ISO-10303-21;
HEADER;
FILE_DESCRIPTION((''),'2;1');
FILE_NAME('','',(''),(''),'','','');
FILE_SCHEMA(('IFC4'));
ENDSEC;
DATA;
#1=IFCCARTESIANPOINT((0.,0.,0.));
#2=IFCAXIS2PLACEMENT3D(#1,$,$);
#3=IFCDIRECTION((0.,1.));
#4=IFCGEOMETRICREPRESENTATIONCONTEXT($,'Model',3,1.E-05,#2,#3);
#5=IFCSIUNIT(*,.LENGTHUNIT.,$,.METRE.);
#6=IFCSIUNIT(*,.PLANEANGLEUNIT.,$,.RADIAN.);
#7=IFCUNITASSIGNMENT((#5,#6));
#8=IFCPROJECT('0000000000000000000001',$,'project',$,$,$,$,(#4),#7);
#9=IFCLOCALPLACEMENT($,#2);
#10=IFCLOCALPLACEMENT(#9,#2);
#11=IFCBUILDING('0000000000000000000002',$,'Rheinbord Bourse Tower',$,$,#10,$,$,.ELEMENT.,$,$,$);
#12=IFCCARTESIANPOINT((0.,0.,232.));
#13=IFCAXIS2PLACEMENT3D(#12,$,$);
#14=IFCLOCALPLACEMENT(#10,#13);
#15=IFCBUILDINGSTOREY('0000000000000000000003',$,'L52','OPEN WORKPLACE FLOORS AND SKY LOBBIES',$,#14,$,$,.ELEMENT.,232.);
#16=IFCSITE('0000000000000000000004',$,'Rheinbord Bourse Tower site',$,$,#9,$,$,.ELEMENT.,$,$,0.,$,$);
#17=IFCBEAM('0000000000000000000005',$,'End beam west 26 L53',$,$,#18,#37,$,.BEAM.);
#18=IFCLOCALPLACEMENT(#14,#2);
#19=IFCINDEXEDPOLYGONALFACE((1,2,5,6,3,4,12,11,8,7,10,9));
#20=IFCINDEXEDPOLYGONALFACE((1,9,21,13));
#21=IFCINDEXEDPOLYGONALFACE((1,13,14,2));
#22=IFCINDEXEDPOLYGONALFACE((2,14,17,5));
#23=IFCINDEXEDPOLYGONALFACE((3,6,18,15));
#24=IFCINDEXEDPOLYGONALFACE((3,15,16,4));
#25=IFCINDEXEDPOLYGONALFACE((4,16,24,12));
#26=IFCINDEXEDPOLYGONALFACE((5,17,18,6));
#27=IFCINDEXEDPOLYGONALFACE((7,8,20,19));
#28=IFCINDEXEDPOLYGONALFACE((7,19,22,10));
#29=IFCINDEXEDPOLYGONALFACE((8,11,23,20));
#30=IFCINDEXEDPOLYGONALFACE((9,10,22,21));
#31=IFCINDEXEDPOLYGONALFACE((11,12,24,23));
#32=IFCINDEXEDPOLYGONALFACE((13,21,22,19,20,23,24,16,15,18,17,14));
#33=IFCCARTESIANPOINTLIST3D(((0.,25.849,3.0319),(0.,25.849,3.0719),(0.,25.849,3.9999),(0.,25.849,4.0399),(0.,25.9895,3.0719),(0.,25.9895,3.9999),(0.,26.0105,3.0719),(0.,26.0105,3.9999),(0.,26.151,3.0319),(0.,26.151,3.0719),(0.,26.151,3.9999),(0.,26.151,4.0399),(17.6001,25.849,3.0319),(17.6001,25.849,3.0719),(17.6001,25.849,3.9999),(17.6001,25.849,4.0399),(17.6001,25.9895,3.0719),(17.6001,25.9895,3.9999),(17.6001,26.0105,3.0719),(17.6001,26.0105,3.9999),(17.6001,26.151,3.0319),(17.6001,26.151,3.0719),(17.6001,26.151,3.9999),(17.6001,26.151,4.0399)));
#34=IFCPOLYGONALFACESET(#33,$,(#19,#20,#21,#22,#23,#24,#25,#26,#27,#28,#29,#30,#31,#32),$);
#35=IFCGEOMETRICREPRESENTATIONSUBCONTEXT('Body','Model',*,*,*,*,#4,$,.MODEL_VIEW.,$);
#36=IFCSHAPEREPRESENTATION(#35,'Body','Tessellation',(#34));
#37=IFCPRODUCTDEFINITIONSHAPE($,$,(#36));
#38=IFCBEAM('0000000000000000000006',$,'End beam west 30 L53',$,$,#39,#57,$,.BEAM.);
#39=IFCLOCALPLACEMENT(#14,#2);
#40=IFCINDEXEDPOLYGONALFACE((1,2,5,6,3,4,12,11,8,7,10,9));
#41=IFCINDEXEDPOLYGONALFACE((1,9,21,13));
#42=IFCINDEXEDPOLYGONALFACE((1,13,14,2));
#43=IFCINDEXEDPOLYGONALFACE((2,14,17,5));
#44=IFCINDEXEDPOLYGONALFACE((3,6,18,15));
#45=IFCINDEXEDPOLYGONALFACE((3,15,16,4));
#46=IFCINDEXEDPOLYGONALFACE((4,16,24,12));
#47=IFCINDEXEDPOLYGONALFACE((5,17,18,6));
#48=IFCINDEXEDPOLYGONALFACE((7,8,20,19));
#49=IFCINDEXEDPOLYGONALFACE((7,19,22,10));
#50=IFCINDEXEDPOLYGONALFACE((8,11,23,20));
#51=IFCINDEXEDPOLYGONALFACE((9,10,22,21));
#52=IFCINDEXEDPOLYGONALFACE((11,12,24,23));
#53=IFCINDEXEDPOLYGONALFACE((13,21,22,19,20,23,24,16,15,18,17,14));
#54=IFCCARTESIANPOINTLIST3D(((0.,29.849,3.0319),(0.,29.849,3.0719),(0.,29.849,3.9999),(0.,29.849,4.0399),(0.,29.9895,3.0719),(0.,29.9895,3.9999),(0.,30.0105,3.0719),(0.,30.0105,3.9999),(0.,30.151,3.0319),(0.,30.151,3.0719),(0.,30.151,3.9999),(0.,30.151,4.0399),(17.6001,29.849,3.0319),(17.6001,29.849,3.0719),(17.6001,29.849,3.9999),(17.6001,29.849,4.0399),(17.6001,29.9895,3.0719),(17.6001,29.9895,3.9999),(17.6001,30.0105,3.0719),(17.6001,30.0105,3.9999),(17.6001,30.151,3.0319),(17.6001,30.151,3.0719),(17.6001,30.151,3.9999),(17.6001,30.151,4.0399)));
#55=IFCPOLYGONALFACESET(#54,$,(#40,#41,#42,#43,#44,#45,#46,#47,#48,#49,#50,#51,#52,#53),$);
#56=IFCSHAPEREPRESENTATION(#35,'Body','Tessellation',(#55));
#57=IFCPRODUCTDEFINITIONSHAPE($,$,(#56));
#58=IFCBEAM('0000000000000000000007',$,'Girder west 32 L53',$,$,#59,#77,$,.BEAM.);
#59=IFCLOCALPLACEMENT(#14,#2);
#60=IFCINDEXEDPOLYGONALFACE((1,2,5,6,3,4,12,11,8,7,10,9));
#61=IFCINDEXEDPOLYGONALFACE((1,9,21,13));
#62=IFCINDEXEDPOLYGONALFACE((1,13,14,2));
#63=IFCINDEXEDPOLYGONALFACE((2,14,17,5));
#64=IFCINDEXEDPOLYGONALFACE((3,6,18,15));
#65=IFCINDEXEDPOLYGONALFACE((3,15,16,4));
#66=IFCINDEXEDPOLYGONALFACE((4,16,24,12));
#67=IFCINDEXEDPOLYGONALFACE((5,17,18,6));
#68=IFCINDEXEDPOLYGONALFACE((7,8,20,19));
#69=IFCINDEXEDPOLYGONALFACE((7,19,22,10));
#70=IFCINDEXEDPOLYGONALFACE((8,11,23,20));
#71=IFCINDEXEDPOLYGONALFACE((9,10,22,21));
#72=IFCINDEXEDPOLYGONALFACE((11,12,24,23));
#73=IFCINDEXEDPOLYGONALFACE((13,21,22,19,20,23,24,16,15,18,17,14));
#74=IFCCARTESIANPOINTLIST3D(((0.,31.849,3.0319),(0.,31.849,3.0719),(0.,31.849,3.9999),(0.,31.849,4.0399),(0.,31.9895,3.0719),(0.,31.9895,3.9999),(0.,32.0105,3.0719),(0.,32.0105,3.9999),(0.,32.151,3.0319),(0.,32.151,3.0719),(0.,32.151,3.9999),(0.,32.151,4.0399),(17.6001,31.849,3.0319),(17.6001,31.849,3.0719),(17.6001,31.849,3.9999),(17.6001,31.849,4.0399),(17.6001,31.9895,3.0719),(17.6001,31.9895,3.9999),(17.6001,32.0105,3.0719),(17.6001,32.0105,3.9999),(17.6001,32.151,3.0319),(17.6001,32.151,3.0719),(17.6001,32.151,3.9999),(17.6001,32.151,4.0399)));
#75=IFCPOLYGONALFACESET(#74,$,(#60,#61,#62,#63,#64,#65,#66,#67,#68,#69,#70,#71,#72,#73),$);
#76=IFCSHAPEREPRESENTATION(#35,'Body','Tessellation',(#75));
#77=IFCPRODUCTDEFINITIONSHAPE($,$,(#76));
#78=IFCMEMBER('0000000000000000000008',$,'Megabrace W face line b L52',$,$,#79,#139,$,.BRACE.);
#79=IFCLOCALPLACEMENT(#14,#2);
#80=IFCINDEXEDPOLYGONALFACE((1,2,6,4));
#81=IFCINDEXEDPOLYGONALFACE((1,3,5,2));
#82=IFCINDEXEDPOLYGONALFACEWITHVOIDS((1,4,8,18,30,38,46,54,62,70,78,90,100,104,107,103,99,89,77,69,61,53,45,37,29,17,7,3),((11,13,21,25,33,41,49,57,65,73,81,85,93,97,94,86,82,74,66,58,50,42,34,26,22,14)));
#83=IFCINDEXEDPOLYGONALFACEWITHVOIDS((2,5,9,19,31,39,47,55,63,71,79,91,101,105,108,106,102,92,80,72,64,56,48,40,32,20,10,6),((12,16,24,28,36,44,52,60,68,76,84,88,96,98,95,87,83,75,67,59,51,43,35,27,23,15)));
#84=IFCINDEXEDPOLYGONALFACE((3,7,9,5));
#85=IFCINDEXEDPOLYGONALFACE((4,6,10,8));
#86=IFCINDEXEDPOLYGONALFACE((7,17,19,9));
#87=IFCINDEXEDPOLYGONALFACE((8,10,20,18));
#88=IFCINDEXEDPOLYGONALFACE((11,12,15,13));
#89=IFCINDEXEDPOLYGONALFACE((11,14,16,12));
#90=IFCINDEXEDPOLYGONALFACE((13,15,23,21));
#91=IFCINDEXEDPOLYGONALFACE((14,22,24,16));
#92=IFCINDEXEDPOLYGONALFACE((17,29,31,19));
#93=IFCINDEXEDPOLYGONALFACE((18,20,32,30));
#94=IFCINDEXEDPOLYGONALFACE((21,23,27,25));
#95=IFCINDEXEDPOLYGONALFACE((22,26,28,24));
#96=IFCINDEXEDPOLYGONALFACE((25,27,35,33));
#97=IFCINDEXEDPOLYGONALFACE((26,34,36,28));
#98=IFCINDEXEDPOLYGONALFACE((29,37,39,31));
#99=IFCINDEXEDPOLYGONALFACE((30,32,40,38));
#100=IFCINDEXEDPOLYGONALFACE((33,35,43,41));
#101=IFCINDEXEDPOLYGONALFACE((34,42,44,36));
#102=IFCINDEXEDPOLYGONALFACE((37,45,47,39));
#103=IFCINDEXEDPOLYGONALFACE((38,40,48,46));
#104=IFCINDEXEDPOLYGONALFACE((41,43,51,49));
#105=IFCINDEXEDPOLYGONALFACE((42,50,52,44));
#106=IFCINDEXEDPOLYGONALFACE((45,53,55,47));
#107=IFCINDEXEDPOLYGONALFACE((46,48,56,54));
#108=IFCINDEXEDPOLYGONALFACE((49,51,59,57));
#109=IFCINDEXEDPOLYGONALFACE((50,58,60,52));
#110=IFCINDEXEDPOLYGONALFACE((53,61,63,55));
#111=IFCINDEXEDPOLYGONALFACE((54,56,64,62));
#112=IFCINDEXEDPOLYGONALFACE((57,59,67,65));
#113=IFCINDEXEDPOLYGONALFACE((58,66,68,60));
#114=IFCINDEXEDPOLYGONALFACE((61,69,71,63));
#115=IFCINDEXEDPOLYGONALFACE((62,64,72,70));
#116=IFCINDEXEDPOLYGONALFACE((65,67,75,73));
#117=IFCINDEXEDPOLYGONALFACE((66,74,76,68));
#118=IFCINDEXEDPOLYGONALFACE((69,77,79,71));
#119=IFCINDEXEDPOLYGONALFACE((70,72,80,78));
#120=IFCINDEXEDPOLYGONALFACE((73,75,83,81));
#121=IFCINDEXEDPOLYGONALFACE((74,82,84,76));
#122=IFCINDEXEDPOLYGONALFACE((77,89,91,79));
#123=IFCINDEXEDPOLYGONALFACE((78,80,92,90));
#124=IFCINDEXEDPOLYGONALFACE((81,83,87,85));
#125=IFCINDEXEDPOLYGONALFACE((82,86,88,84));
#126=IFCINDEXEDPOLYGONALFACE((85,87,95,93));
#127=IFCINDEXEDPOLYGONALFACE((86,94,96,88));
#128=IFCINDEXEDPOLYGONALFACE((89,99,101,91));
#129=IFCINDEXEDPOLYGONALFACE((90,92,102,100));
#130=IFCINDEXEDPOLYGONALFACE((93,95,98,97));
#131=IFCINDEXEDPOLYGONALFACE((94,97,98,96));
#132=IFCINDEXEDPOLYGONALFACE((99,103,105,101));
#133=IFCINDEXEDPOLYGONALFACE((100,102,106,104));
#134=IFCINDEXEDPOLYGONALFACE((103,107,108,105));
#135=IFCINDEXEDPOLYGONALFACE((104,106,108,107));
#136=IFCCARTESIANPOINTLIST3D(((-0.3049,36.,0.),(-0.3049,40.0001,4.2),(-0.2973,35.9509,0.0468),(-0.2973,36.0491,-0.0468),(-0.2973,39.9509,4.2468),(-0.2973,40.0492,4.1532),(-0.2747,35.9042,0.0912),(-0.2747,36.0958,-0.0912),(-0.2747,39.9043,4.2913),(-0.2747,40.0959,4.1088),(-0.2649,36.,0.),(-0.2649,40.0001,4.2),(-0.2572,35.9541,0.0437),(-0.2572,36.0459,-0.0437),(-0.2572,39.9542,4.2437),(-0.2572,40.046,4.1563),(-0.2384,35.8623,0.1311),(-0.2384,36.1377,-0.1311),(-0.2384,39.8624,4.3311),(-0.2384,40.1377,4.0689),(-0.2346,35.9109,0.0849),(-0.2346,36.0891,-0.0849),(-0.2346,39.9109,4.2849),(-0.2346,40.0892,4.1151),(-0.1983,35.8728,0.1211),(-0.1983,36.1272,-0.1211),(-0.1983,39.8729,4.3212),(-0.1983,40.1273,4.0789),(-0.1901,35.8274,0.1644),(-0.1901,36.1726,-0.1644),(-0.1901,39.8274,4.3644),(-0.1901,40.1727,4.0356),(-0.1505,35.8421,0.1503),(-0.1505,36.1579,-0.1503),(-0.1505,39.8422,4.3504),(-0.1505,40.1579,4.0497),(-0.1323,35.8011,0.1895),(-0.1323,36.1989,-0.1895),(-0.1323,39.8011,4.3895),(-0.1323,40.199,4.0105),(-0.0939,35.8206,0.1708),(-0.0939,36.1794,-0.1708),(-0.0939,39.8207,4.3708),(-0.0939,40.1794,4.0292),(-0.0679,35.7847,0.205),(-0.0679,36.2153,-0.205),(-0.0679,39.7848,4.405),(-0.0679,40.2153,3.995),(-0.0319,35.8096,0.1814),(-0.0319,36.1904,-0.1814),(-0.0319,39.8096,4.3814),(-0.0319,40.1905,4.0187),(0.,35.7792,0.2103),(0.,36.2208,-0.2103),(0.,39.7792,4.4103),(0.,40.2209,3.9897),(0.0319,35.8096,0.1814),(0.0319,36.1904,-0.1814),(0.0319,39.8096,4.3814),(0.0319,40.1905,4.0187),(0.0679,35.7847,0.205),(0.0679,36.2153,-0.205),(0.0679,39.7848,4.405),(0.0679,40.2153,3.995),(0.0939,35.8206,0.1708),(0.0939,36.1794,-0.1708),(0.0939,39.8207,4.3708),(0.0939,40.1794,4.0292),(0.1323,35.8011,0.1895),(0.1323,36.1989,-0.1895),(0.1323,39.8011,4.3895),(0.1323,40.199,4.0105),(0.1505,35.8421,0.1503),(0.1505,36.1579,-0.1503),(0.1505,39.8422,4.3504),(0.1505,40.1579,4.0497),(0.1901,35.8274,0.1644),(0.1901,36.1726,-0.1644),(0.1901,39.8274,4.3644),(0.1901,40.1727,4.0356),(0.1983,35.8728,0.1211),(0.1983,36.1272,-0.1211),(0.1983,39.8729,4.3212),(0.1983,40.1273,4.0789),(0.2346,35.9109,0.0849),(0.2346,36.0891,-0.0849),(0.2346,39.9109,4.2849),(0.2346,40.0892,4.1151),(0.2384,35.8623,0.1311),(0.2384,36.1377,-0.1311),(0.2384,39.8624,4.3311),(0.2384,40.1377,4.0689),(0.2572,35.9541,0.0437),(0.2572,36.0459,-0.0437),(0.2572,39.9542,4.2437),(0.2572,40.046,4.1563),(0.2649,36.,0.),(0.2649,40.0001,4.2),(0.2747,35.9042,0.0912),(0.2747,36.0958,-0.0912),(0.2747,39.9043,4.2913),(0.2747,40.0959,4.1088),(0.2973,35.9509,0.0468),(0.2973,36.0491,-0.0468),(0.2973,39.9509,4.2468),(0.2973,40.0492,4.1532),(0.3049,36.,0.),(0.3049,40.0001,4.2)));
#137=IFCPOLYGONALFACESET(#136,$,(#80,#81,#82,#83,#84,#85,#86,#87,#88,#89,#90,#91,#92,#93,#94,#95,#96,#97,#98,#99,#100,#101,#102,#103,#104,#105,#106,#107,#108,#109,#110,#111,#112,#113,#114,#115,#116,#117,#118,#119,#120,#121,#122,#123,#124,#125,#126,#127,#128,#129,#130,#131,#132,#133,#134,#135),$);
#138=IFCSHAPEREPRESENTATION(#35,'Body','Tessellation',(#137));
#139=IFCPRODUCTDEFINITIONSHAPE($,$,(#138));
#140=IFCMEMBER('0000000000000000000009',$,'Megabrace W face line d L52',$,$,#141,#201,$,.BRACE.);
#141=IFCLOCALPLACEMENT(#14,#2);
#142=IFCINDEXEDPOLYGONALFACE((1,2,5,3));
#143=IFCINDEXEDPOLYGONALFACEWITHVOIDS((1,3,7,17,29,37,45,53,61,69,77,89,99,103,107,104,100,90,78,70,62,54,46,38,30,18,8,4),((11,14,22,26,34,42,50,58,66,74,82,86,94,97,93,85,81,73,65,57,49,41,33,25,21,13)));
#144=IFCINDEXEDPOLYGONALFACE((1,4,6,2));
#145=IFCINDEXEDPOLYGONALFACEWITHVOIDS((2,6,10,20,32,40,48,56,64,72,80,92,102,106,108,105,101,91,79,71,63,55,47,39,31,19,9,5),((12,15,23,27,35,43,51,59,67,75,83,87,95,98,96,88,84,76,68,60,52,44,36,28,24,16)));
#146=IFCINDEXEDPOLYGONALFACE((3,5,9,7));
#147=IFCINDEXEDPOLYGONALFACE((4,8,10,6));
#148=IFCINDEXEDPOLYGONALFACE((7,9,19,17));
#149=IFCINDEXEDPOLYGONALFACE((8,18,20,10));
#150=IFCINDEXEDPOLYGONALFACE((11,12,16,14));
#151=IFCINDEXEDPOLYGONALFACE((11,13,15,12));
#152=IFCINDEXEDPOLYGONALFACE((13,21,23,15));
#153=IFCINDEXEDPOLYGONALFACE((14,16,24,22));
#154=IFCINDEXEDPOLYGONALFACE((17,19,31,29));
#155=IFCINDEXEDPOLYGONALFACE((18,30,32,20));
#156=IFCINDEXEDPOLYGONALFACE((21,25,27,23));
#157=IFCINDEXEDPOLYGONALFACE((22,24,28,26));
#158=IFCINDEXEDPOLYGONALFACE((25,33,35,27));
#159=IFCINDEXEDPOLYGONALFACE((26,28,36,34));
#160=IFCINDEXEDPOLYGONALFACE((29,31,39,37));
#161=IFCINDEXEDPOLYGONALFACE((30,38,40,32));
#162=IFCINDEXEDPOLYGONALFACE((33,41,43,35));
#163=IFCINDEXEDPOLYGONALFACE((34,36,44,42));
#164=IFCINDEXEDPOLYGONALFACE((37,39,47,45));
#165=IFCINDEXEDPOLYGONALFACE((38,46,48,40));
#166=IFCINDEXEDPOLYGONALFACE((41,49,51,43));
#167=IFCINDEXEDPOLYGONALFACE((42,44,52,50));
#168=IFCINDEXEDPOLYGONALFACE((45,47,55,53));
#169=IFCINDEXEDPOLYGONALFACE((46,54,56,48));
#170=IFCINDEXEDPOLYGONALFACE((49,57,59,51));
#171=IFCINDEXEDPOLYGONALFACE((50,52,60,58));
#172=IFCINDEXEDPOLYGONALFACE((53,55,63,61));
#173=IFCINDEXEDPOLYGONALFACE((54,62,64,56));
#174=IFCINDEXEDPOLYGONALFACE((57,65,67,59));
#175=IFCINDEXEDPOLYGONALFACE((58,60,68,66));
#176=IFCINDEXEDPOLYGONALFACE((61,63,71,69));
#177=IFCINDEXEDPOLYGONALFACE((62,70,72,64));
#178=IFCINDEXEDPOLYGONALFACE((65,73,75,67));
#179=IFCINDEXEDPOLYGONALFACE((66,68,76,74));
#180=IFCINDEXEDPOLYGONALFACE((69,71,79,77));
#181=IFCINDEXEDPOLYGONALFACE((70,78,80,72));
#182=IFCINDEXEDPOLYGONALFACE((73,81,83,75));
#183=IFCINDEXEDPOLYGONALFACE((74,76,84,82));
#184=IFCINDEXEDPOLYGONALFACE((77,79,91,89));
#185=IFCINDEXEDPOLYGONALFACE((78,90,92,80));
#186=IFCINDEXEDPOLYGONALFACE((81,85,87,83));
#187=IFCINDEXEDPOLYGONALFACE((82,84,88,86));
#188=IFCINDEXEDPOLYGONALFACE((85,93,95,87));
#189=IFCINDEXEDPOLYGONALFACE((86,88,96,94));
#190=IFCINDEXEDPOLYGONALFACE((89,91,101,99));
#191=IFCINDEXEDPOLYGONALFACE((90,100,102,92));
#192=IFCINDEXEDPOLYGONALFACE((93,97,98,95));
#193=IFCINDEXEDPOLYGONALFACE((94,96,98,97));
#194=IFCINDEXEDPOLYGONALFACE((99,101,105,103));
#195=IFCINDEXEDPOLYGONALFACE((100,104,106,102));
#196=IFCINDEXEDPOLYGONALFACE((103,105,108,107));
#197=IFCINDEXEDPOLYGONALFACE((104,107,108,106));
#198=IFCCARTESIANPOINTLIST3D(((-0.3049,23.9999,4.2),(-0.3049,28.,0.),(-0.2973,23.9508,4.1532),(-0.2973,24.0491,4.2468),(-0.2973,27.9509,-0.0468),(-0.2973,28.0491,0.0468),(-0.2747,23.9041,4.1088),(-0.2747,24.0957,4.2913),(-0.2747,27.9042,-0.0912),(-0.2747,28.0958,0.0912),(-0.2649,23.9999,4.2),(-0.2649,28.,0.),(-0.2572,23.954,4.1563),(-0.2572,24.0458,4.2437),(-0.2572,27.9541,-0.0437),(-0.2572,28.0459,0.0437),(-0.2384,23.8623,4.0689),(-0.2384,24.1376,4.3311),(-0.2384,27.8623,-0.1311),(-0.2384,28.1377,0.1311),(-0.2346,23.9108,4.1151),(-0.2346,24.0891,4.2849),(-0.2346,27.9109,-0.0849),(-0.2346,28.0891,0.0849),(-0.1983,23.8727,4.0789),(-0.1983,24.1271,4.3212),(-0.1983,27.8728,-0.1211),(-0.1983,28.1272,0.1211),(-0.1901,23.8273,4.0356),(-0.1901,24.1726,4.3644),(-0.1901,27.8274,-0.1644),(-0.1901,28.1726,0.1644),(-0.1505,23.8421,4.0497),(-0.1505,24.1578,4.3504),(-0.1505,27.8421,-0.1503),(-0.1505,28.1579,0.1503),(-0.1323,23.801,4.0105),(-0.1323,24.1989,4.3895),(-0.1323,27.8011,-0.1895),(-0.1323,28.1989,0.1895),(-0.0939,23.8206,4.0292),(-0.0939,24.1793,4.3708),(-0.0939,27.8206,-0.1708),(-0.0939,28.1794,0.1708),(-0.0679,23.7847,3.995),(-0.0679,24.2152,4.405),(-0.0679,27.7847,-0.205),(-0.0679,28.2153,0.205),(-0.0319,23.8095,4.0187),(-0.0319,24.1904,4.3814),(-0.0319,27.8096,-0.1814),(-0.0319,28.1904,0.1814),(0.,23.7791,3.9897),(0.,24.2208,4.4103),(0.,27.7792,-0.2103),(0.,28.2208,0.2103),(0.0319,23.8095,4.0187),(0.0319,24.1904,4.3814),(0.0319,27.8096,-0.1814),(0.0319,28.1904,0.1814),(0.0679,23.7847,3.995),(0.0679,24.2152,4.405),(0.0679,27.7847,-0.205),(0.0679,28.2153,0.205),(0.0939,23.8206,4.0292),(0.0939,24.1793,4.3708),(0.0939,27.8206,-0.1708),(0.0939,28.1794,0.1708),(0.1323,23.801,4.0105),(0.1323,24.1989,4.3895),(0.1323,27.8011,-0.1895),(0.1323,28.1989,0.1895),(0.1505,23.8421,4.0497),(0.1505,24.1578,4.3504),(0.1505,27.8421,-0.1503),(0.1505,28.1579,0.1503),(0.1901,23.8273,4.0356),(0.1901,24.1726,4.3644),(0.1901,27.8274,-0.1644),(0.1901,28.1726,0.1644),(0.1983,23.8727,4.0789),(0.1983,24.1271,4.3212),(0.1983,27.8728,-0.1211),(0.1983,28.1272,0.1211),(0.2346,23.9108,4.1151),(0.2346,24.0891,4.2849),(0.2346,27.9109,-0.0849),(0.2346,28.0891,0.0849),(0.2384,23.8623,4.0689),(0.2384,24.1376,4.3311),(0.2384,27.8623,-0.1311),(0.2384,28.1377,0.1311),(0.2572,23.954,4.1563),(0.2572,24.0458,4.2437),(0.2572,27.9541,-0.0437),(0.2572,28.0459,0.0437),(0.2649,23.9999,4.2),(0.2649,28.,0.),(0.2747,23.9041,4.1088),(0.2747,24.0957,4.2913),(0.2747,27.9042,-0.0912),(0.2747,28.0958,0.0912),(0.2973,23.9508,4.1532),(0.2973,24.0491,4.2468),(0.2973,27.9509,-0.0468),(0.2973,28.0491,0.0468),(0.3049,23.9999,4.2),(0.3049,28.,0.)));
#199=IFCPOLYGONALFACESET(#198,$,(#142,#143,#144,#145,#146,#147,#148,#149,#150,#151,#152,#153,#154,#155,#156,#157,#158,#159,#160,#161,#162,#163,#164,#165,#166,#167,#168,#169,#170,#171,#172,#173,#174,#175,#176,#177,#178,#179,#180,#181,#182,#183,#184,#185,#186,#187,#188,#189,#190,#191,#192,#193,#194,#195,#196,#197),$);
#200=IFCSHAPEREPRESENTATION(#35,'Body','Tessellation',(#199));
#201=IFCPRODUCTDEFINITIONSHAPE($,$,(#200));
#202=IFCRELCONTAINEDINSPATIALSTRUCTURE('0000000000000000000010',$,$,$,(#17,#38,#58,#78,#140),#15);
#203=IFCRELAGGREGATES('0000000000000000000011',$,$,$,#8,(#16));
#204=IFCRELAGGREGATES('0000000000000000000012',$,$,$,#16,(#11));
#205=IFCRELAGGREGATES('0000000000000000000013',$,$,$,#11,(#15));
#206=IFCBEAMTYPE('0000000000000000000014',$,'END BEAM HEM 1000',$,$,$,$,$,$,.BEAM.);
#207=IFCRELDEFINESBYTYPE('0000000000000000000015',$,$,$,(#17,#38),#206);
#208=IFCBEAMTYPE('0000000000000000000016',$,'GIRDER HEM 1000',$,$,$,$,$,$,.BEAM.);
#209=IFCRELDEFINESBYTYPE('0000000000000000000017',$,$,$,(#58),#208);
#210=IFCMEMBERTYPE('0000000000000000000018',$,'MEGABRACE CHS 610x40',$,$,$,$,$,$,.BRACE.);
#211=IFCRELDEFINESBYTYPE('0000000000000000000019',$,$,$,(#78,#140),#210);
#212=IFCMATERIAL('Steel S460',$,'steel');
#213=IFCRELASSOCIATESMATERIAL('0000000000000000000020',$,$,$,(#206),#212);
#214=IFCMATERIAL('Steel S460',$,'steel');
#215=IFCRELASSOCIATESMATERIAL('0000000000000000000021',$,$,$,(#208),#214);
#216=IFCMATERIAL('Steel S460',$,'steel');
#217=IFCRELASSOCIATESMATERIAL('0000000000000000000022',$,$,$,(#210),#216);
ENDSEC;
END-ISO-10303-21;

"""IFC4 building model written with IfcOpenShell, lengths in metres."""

from ifc_helpers import new_model, si_unit, direction, frame, origin, origin_2d, place, context, subcontext, project, spatial, hollow_circle, i_section, extrude, material, material_profile, profile_set, type_object, element, save


model = new_model("IFC4")

# Units and contexts
model_context = context("Model", 3, precision=1e-05, world=origin(), true_north=direction((0.0, 1.0)))
body_context = subcontext(model_context, "Body", "Model", "MODEL_VIEW")
ifc_project = project(units=[si_unit("LENGTHUNIT", "METRE"), si_unit("PLANEANGLEUNIT", "RADIAN")], contexts=[model_context])

# Site, building, storey
site_placement = place(None, origin())
site = spatial("IfcSite", under=ifc_project, at=site_placement, Name="Rheinbord Bourse Tower site", CompositionType="ELEMENT", RefElevation=0.0)
building_placement = place(site_placement, origin())
building = spatial("IfcBuilding", under=site, at=building_placement, Name="Rheinbord Bourse Tower", CompositionType="ELEMENT")
storey_placement = place(building_placement, frame((0.0, 0.0, 232.0)))
storey = spatial("IfcBuildingStorey", under=building, at=storey_placement, Name="L52", Description="OPEN WORKPLACE FLOORS AND SKY LOBBIES", CompositionType="ELEMENT", Elevation=232.0)

# Beams
ifc_material_1 = material(Name="Steel S460", Category="steel")
ifc_material_profile_1 = material_profile(ifc_material_1, i_section(OverallWidth=0.302, OverallDepth=1.0081, WebThickness=0.021, FlangeThickness=0.04, at=origin_2d()), Name="HEM 1000")
ifc_profile_set_1 = profile_set([ifc_material_profile_1], Name="Steel S460")
beam_type_1 = type_object("IfcBeamType", Name="END BEAM HEM 1000", PredefinedType="BEAM", material=ifc_profile_set_1)
for number, where, z_axis, x_axis, name in (
    (1, (0.0, 26.0, 3.5359), (1.0, 0.0, 0.0), (0.0, 1.0, 0.0), "End beam west 26 L53"),
    (2, (0.0, 30.0, 3.5359), (1.0, 0.0, 0.0), (0.0, 1.0, 0.0), "End beam west 30 L53"),
):
    element("IfcBeam", number, at=place(storey_placement, frame(where, z_axis=z_axis, x_axis=x_axis)), inside=storey, type_object=beam_type_1, Name=name, PredefinedType="BEAM", context=body_context, shape_type="SweptSolid", body=[
        extrude(i_section(OverallWidth=0.302, OverallDepth=1.0081, WebThickness=0.021, FlangeThickness=0.04, at=origin_2d()), origin(), (0.0, 0.0, 1.0), 17.6001),
    ])
ifc_material_2 = material(Name="Steel S460", Category="steel")
ifc_material_profile_2 = material_profile(ifc_material_2, i_section(OverallWidth=0.302, OverallDepth=1.0081, WebThickness=0.021, FlangeThickness=0.04, at=origin_2d()), Name="HEM 1000")
ifc_profile_set_2 = profile_set([ifc_material_profile_2], Name="Steel S460")
beam_type_2 = type_object("IfcBeamType", Name="GIRDER HEM 1000", PredefinedType="BEAM", material=ifc_profile_set_2)
beam_1_placement = place(storey_placement, frame((0.0, 32.0, 3.5359), z_axis=(1.0, 0.0, 0.0), x_axis=(0.0, 1.0, 0.0)))
element("IfcBeam", 3, at=beam_1_placement, inside=storey, type_object=beam_type_2, Name="Girder west 32 L53", PredefinedType="BEAM", context=body_context, shape_type="SweptSolid", body=[
    extrude(i_section(OverallWidth=0.302, OverallDepth=1.0081, WebThickness=0.021, FlangeThickness=0.04, at=origin_2d()), origin(), (0.0, 0.0, 1.0), 17.6001),
])

# Members
ifc_material_3 = material(Name="Steel S460", Category="steel")
ifc_material_profile_3 = material_profile(ifc_material_3, hollow_circle(Radius=0.3049, WallThickness=0.04, at=origin_2d()), Name="CHS 610x40")
ifc_profile_set_3 = profile_set([ifc_material_profile_3], Name="Steel S460")
member_type_1 = type_object("IfcMemberType", Name="MEGABRACE CHS 610x40", PredefinedType="BRACE", material=ifc_profile_set_3)
for number, where, z_axis, x_axis, name in (
    (4, (0.0, 36.0, 0.0), (0.0, 0.689659, 0.724134), (-1.0, 0.0, 0.0), "Megabrace W face line b L52"),
    (5, (0.0, 28.0, 0.0), (0.0, -0.689659, 0.724134), (1.0, 0.0, 0.0), "Megabrace W face line d L52"),
):
    element("IfcMember", number, at=place(storey_placement, frame(where, z_axis=z_axis, x_axis=x_axis)), inside=storey, type_object=member_type_1, Name=name, PredefinedType="BRACE", context=body_context, shape_type="SweptSolid", body=[
        extrude(hollow_circle(Radius=0.3049, WallThickness=0.04, at=origin_2d()), origin(), (0.0, 0.0, 1.0), 5.8),
    ])

save(model, "model.ifc")
